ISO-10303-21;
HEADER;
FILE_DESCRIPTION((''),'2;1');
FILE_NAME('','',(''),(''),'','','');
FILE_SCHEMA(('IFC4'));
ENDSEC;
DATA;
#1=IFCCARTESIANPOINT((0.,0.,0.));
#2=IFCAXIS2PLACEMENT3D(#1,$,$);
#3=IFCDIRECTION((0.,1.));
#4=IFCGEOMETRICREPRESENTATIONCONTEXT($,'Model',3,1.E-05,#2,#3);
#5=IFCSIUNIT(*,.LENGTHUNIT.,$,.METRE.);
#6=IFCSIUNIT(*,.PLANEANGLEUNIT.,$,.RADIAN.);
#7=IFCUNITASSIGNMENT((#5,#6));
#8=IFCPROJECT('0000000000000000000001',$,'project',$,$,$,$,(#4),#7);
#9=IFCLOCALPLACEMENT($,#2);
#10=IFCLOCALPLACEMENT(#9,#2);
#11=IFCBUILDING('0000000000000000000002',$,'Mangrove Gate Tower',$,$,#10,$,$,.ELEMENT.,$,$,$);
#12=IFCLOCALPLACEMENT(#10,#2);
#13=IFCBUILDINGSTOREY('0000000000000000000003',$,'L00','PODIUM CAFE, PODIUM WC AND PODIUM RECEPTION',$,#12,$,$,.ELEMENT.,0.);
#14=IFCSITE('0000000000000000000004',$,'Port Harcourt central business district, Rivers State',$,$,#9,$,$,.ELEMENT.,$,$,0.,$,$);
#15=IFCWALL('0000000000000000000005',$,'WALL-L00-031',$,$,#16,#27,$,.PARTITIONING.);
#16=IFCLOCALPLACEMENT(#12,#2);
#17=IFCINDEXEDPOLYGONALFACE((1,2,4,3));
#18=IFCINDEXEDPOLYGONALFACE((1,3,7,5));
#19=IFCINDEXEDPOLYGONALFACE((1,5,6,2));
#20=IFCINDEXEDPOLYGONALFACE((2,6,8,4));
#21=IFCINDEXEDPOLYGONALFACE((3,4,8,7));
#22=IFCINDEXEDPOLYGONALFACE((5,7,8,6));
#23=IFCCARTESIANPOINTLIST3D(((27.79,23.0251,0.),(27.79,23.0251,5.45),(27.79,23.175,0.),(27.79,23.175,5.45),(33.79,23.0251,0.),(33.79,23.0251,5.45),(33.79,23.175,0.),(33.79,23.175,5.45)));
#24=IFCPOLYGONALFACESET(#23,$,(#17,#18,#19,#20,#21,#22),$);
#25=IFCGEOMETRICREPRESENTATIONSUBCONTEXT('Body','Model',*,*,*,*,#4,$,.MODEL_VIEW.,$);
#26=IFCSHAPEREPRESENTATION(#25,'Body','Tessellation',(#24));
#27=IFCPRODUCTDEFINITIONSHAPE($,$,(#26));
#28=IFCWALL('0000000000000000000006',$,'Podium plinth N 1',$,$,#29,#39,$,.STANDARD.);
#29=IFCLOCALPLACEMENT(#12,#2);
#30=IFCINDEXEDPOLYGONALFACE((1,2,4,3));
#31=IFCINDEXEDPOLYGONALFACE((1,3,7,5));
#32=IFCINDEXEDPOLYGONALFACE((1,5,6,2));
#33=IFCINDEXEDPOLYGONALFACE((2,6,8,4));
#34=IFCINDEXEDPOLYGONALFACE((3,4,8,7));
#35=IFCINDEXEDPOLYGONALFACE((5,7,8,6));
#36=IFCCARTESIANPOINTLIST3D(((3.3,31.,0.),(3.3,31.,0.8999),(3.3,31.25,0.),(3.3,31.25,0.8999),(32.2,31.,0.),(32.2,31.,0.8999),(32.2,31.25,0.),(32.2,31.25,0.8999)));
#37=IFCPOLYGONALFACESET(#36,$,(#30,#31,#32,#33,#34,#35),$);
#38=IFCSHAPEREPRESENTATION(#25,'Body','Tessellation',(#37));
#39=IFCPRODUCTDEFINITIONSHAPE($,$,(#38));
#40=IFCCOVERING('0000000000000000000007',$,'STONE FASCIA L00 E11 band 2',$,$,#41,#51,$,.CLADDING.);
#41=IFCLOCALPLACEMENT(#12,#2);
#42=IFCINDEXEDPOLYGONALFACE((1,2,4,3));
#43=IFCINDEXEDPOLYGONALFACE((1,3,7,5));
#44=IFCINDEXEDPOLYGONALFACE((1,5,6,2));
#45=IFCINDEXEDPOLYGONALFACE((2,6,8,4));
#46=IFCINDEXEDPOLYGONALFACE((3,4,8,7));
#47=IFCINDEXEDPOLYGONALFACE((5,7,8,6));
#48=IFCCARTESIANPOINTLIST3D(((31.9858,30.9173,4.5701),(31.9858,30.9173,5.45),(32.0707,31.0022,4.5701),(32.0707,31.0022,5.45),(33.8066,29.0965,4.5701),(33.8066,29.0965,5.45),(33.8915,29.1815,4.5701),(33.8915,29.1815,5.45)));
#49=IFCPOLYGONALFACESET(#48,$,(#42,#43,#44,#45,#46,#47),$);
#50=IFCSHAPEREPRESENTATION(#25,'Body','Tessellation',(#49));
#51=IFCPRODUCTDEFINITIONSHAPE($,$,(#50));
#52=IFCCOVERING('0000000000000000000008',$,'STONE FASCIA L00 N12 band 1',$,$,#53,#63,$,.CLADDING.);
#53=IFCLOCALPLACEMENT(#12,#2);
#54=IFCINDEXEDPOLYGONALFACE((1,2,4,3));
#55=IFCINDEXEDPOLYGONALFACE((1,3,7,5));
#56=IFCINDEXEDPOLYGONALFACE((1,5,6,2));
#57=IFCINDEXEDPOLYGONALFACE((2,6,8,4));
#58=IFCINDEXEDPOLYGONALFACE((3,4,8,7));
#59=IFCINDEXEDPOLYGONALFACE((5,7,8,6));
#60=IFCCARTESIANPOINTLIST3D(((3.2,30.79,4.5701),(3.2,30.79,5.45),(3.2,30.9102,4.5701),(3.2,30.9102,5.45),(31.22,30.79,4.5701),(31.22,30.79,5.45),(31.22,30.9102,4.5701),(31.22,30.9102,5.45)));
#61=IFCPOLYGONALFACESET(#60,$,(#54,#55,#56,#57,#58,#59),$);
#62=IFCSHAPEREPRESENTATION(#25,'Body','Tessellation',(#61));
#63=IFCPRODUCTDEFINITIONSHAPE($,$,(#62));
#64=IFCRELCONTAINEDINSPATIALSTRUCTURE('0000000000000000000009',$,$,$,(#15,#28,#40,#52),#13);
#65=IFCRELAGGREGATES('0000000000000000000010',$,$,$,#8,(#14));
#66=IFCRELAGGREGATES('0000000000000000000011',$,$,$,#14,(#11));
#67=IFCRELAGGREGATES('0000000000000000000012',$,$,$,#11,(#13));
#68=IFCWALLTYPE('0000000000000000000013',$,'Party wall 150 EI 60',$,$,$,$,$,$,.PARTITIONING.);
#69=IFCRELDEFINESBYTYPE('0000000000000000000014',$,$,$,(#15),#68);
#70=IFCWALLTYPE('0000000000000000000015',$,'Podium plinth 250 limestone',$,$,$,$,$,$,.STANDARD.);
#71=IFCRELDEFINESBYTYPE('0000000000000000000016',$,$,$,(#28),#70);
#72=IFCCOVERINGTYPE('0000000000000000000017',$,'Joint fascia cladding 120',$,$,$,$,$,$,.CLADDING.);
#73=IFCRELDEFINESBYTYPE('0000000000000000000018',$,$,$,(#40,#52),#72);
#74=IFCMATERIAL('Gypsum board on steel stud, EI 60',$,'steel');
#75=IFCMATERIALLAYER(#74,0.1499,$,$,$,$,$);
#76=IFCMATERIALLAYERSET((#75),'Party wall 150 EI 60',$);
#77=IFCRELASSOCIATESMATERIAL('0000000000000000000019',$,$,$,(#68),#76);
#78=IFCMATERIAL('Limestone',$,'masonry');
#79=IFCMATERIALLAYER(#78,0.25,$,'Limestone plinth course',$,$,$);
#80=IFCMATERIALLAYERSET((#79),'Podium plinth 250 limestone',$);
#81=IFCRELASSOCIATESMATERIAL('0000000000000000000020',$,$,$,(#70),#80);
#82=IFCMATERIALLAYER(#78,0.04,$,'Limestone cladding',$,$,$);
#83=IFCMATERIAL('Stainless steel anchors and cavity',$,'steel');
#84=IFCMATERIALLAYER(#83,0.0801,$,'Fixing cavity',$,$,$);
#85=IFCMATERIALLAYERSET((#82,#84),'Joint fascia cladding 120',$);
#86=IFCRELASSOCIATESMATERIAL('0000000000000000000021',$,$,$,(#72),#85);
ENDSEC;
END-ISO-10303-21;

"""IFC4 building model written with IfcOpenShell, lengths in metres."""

from ifc_helpers import new_model, si_unit, direction, frame, frame_2d, origin, place, context, subcontext, project, spatial, rectangle, extrude, material, layer, layer_set, type_object, element, save


model = new_model("IFC4")

# Units and contexts
model_context = context("Model", 3, precision=1e-05, world=origin(), true_north=direction((0.0, 1.0)))
body_context = subcontext(model_context, "Body", "Model", "MODEL_VIEW")
ifc_project = project(units=[si_unit("LENGTHUNIT", "METRE"), si_unit("PLANEANGLEUNIT", "RADIAN")], contexts=[model_context])

# Site, building, storey
site_placement = place(None, origin())
site = spatial("IfcSite", under=ifc_project, at=site_placement, Name="Port Harcourt central business district, Rivers State", CompositionType="ELEMENT", RefElevation=0.0)
building_placement = place(site_placement, origin())
building = spatial("IfcBuilding", under=site, at=building_placement, Name="Mangrove Gate Tower", CompositionType="ELEMENT")
storey_placement = place(building_placement, origin())
storey = spatial("IfcBuildingStorey", under=building, at=storey_placement, Name="L00", Description="PODIUM CAFE, PODIUM WC AND PODIUM RECEPTION", CompositionType="ELEMENT", Elevation=0.0)

# Walls
ifc_material_1 = material(Name="Limestone", Category="masonry")
ifc_material_2 = material(Name="Gypsum board on steel stud, EI 60", Category="steel")
ifc_layer_1 = layer(ifc_material_2, 0.1499)
ifc_layer_set_1 = layer_set([ifc_layer_1], Name="Party wall 150 EI 60")
wall_type_1 = type_object("IfcWallType", Name="Party wall 150 EI 60", PredefinedType="PARTITIONING", material=ifc_layer_set_1)
wall_1_placement = place(storey_placement, frame((27.79, 23.1001, 0.0), z_axis=(0.0, 0.0, 1.0), x_axis=(1.0, 0.0, 0.0)))
element("IfcWall", 1, at=wall_1_placement, inside=storey, type_object=wall_type_1, Name="WALL-L00-031", PredefinedType="PARTITIONING", context=body_context, shape_type="SweptSolid", body=[
    extrude(rectangle(XDim=6.0, YDim=0.1499, at=frame_2d((3.0, 0.0))), origin(), (0.0, 0.0, 1.0), 5.45),
])
ifc_layer_2 = layer(ifc_material_1, 0.25, Name="Limestone plinth course")
ifc_layer_set_2 = layer_set([ifc_layer_2], Name="Podium plinth 250 limestone")
wall_type_2 = type_object("IfcWallType", Name="Podium plinth 250 limestone", PredefinedType="STANDARD", material=ifc_layer_set_2)
wall_2_placement = place(storey_placement, frame((32.2, 31.125, 0.0), z_axis=(0.0, 0.0, 1.0), x_axis=(-1.0, 0.0, 0.0)))
element("IfcWall", 2, at=wall_2_placement, inside=storey, type_object=wall_type_2, Name="Podium plinth N 1", PredefinedType="STANDARD", context=body_context, shape_type="SweptSolid", body=[
    extrude(rectangle(XDim=28.8999, YDim=0.25, at=frame_2d((14.45, 0.0))), origin(), (0.0, 0.0, 1.0), 0.8999),
])

# Coverings
ifc_layer_3 = layer(ifc_material_1, 0.04, Name="Limestone cladding")
ifc_material_3 = material(Name="Stainless steel anchors and cavity", Category="steel")
ifc_layer_4 = layer(ifc_material_3, 0.0801, Name="Fixing cavity")
ifc_layer_set_3 = layer_set([ifc_layer_3, ifc_layer_4], Name="Joint fascia cladding 120")
covering_type = type_object("IfcCoveringType", Name="Joint fascia cladding 120", PredefinedType="CLADDING", material=ifc_layer_set_3)
covering_1_placement = place(storey_placement, frame((33.8491, 29.1389, 4.5701), z_axis=(0.0, 0.0, 1.0), x_axis=(-0.707107, 0.707107, 0.0)))
element("IfcCovering", 3, at=covering_1_placement, inside=storey, type_object=covering_type, Name="STONE FASCIA L00 E11 band 2", PredefinedType="CLADDING", context=body_context, shape_type="SweptSolid", body=[
    extrude(rectangle(XDim=2.575, YDim=0.1201, at=frame_2d((1.2876, 0.0))), origin(), (0.0, 0.0, 1.0), 0.8799),
])
covering_2_placement = place(storey_placement, frame((31.22, 30.8501, 4.5701), z_axis=(0.0, 0.0, 1.0), x_axis=(-1.0, 0.0, 0.0)))
element("IfcCovering", 4, at=covering_2_placement, inside=storey, type_object=covering_type, Name="STONE FASCIA L00 N12 band 1", PredefinedType="CLADDING", context=body_context, shape_type="SweptSolid", body=[
    extrude(rectangle(XDim=28.02, YDim=0.1201, at=frame_2d((14.01, 0.0))), origin(), (0.0, 0.0, 1.0), 0.8799),
])

save(model, "model.ifc")
